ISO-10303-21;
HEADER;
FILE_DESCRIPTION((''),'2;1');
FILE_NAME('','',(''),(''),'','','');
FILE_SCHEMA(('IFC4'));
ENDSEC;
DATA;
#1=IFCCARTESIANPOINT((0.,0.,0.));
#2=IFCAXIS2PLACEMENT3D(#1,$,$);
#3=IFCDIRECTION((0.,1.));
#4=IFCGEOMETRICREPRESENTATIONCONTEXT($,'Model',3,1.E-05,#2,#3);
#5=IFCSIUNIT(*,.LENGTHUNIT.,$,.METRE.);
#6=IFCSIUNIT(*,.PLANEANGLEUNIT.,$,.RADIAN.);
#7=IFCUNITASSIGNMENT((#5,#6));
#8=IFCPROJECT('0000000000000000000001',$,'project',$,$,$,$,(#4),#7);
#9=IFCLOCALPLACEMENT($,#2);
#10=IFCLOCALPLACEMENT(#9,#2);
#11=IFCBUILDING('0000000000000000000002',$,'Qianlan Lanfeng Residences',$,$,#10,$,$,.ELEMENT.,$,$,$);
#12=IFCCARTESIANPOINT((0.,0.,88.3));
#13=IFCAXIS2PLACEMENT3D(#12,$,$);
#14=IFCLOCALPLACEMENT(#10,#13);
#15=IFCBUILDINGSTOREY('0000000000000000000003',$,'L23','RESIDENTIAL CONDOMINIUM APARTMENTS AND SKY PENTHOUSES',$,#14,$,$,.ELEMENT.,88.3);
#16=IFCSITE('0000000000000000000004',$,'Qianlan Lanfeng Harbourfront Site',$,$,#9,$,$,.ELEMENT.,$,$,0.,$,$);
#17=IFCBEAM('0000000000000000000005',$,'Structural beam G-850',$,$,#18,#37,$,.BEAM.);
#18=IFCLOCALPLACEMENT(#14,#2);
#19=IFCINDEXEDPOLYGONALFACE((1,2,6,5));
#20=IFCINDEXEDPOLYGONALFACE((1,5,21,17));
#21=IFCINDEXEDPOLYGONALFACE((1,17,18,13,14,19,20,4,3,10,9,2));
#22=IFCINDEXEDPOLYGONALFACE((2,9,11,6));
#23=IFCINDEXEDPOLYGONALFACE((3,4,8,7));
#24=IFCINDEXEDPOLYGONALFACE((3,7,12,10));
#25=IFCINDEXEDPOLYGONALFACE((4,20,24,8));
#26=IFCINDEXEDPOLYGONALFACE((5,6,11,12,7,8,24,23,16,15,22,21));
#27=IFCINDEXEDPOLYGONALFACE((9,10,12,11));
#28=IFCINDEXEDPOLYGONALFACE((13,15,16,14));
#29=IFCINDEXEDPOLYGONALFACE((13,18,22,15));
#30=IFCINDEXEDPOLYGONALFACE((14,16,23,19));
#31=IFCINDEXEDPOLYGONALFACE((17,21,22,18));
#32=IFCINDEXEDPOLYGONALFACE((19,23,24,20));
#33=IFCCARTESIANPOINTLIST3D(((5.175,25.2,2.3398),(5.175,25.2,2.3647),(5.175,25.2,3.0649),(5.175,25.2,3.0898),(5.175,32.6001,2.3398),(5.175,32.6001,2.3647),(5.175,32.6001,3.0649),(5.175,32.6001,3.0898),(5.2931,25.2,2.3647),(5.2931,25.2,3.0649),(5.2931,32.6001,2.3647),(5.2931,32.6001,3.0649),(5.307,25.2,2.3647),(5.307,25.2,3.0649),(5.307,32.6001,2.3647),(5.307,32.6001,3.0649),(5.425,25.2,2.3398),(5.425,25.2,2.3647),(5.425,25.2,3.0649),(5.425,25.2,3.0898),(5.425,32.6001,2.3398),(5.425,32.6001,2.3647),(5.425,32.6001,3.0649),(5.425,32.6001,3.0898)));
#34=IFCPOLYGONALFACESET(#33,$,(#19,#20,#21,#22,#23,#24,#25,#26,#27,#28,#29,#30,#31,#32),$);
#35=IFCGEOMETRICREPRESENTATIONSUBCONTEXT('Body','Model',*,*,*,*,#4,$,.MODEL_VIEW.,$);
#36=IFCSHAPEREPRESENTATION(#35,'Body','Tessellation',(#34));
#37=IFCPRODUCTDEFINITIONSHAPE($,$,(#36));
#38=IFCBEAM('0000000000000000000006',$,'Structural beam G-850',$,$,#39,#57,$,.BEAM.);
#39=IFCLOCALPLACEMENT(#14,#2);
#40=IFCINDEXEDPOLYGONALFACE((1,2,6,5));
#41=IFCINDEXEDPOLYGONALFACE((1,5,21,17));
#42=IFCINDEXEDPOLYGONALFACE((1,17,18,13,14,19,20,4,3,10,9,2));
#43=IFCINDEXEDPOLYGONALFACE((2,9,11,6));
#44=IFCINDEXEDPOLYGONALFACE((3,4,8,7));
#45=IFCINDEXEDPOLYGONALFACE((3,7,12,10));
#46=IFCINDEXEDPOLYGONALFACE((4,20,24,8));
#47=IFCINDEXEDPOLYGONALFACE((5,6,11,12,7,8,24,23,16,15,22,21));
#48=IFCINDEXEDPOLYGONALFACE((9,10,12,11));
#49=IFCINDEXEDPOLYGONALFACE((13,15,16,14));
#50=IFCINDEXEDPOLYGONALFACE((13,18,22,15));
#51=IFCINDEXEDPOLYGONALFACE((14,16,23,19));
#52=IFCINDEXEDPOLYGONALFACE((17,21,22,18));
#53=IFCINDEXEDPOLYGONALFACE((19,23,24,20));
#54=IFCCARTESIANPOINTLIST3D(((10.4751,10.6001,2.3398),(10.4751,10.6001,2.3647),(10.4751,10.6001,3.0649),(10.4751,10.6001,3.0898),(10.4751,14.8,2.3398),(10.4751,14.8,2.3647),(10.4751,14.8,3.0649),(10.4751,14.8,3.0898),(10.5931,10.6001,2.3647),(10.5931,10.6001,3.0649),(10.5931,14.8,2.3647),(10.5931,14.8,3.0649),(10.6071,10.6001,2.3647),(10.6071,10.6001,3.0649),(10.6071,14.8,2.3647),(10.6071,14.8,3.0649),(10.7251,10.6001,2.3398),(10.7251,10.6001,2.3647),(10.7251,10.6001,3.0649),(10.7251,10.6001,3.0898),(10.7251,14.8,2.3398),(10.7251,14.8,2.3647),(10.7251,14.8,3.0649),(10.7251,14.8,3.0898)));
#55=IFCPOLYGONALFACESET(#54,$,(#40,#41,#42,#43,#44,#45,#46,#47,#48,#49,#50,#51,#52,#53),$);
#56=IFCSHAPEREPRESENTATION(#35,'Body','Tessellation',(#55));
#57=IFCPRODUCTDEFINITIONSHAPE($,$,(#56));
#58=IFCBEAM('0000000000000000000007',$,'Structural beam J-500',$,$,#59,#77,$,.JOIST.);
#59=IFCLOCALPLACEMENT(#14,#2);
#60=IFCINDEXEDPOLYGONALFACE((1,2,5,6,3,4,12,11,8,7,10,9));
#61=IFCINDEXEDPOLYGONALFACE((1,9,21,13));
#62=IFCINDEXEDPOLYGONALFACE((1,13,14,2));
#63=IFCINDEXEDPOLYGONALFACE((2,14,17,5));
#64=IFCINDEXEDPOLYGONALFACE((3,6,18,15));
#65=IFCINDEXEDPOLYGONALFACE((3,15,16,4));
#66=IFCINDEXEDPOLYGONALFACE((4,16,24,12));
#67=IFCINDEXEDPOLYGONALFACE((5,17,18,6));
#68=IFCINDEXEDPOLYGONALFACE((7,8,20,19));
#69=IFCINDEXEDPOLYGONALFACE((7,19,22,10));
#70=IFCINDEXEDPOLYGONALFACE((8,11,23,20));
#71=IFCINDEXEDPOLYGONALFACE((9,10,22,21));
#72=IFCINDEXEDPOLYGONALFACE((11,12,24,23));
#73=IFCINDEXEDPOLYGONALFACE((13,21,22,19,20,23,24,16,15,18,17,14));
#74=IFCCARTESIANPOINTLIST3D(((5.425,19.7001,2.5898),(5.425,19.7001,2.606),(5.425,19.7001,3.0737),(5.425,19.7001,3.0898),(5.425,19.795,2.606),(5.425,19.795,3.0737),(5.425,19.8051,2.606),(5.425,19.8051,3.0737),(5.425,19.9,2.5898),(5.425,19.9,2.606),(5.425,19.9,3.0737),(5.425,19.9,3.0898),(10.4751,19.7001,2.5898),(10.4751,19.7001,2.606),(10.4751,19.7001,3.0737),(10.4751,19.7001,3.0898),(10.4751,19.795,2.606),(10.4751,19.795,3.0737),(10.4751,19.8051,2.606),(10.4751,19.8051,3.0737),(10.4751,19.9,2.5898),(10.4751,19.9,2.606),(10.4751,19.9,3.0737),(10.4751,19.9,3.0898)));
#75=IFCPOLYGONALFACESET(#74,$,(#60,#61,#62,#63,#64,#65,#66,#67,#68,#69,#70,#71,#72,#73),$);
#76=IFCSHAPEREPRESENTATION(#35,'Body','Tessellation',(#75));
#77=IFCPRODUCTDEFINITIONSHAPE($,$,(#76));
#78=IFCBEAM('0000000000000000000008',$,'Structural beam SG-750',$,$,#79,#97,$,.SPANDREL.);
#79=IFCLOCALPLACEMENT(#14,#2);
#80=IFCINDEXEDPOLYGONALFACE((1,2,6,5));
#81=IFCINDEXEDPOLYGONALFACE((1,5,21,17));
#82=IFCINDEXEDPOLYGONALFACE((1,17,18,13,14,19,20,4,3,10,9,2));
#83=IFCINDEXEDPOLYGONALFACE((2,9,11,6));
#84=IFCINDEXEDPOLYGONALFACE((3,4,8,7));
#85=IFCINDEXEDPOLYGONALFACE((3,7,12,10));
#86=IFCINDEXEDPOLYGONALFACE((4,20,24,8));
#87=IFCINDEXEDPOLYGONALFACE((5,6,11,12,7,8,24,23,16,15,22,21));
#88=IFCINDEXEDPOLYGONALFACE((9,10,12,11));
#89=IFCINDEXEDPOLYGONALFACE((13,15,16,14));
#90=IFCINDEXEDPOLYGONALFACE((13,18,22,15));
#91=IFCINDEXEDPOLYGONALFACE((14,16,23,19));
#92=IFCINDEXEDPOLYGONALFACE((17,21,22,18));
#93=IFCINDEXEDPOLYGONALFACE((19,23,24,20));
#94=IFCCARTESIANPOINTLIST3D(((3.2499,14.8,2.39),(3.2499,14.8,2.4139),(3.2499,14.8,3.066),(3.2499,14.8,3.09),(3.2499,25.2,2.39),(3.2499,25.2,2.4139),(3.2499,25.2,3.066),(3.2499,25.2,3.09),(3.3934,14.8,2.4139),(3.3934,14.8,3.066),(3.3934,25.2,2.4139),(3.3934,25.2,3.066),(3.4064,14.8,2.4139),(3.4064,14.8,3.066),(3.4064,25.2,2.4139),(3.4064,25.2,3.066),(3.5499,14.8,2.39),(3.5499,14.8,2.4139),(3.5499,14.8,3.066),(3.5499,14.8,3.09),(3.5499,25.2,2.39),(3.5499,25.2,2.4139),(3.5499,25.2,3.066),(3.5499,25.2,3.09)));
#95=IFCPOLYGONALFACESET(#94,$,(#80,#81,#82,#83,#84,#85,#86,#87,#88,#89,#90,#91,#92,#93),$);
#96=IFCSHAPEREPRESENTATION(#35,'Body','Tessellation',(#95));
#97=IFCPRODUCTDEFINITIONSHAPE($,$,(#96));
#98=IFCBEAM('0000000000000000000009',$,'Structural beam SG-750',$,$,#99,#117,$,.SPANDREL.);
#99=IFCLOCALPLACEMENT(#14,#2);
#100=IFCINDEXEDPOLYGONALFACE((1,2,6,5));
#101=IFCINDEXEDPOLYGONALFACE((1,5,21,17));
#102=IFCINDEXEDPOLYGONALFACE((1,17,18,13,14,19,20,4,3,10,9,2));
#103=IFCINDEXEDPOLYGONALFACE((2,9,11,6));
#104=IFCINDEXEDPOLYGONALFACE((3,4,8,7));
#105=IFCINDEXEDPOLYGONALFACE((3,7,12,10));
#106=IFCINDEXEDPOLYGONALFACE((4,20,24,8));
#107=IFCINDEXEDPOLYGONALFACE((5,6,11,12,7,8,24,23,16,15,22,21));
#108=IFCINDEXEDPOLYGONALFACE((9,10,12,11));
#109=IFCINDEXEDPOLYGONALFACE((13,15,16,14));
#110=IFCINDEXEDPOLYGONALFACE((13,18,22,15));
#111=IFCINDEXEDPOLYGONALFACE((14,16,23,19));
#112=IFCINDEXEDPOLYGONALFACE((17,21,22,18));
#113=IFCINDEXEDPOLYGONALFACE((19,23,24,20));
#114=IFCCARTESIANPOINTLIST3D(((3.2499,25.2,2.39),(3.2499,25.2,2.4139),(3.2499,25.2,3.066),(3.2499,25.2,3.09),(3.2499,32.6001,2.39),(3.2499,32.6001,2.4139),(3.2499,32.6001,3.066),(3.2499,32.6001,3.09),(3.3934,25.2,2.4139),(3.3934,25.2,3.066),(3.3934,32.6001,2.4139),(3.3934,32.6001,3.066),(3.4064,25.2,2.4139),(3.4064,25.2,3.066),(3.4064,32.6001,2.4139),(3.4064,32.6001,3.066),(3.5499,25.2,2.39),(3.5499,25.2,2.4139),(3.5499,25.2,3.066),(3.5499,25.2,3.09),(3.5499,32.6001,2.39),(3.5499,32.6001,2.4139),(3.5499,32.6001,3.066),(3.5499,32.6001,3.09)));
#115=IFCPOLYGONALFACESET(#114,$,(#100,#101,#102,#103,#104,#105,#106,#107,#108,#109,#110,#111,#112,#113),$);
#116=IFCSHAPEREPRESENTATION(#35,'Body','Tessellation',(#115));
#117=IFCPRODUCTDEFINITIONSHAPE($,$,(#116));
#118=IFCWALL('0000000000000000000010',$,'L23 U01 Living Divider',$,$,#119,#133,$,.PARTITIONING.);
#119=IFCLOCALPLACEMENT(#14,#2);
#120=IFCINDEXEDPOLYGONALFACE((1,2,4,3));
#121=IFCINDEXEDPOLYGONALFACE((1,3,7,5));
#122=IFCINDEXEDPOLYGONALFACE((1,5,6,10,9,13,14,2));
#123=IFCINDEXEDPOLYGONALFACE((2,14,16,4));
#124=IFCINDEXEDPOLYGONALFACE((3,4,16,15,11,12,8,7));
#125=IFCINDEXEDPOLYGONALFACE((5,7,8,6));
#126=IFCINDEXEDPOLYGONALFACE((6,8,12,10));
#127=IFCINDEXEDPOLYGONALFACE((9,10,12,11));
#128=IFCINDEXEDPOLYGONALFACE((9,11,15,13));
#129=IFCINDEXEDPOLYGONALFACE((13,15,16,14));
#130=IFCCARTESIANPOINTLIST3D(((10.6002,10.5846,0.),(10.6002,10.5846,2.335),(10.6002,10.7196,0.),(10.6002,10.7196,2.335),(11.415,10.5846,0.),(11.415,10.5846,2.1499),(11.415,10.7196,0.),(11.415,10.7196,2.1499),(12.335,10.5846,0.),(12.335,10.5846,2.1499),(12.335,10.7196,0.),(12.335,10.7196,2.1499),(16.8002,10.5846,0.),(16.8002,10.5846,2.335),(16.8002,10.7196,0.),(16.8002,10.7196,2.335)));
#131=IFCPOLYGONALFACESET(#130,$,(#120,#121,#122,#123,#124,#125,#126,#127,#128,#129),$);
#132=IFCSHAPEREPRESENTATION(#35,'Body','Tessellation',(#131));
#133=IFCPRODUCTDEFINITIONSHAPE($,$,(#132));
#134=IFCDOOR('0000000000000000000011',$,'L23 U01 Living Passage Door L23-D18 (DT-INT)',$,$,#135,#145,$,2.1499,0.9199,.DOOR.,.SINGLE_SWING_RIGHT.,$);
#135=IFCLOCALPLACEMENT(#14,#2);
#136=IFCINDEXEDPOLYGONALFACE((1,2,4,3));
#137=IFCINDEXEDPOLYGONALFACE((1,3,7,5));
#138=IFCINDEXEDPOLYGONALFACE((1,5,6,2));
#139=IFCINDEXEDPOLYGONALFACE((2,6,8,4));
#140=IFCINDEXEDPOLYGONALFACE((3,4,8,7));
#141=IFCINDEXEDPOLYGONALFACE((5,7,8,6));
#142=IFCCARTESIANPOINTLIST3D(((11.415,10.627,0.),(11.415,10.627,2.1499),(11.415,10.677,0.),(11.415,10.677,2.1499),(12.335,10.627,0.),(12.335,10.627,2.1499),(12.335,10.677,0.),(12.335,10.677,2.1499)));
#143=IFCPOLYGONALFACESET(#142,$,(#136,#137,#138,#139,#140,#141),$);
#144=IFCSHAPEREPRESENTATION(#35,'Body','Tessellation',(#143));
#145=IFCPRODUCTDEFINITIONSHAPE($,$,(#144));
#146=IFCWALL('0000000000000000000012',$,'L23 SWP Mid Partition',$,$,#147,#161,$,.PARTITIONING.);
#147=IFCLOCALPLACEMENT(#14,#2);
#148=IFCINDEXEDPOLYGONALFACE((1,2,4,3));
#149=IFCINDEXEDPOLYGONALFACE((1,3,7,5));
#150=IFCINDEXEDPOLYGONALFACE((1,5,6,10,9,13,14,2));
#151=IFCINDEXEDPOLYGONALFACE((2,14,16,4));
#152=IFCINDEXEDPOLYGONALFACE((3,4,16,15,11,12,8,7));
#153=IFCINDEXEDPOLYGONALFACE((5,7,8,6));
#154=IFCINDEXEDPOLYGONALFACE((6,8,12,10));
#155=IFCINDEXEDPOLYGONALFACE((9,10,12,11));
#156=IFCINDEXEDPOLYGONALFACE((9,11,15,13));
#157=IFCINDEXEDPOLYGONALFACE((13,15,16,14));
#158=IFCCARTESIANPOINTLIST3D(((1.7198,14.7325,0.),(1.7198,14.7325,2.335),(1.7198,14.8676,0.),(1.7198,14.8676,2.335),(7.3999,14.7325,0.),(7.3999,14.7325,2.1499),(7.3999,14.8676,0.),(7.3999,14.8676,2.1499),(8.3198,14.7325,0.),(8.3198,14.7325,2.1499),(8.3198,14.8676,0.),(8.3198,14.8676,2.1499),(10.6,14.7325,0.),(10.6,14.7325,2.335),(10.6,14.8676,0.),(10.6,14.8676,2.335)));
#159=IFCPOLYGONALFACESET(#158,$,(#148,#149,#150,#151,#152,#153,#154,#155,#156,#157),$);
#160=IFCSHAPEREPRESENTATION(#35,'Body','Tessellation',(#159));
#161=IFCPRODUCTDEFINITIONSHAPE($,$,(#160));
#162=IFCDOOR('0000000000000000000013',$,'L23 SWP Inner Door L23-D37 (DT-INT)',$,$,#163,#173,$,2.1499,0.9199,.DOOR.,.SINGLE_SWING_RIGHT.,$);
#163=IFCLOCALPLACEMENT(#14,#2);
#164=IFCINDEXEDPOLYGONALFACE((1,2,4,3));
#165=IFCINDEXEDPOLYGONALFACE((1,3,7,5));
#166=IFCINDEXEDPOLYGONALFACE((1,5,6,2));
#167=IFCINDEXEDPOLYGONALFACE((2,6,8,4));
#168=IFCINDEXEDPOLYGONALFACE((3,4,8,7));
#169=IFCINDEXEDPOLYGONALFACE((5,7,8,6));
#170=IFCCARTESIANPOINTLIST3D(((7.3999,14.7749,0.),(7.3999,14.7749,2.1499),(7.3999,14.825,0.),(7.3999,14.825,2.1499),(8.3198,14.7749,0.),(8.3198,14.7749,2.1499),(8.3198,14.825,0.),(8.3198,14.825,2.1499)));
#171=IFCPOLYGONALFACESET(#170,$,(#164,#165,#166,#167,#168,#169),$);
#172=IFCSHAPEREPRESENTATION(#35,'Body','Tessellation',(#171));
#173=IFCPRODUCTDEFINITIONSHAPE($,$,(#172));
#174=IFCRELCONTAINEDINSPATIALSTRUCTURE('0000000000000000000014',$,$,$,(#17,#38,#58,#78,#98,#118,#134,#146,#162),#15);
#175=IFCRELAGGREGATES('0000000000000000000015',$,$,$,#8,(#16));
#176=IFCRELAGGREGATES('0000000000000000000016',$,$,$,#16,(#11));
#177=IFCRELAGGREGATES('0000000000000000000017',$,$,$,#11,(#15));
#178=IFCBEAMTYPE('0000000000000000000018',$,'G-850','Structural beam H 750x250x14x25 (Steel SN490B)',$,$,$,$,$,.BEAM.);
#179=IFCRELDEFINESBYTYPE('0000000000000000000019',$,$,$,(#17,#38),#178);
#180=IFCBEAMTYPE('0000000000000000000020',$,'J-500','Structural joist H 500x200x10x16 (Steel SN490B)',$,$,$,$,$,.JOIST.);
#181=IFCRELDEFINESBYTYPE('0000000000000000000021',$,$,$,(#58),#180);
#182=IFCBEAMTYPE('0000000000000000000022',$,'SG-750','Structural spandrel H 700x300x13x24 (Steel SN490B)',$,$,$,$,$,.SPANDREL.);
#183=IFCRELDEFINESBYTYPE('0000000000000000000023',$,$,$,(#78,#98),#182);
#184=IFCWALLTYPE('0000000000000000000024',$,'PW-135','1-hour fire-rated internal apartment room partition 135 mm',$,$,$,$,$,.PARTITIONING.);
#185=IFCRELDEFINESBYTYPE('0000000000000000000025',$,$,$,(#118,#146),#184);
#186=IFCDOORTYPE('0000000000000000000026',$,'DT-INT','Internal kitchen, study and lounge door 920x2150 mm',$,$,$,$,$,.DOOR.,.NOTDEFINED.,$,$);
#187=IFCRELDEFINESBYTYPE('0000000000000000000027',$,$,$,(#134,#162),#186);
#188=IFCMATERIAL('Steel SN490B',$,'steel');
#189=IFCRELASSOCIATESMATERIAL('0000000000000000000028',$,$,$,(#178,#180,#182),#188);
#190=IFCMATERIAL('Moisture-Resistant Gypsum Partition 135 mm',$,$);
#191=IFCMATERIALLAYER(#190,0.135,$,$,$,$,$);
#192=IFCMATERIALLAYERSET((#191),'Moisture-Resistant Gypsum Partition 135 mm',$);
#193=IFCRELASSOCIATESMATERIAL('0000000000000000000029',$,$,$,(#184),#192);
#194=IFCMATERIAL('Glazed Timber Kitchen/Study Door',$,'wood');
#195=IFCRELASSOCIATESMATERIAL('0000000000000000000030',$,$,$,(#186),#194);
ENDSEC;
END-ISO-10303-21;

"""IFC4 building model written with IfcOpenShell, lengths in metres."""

from ifc_helpers import new_model, si_unit, direction, frame, frame_2d, origin, origin_2d, place, context, subcontext, project, spatial, rectangle, i_section, extrude, material, layer, layer_set, material_profile, profile_set, type_object, element, fill, save


model = new_model("IFC4")

# Units and contexts
model_context = context("Model", 3, precision=1e-05, world=origin(), true_north=direction((0.0, 1.0)))
body_context = subcontext(model_context, "Body", "Model", "MODEL_VIEW")
ifc_project = project(units=[si_unit("LENGTHUNIT", "METRE"), si_unit("PLANEANGLEUNIT", "RADIAN")], contexts=[model_context])

# Site, building, storey
site_placement = place(None, origin())
site = spatial("IfcSite", under=ifc_project, at=site_placement, Name="Qianlan Lanfeng Harbourfront Site", CompositionType="ELEMENT", RefElevation=0.0)
building_placement = place(site_placement, origin())
building = spatial("IfcBuilding", under=site, at=building_placement, Name="Qianlan Lanfeng Residences", CompositionType="ELEMENT")
storey_placement = place(building_placement, frame((0.0, 0.0, 88.3)))
storey = spatial("IfcBuildingStorey", under=building, at=storey_placement, Name="L23", Description="RESIDENTIAL CONDOMINIUM APARTMENTS AND SKY PENTHOUSES", CompositionType="ELEMENT", Elevation=88.3)

# Shared definitions
ifc_material_1 = material(Name="Steel SN490B", Category="steel")

# Beams
ifc_material_profile_1 = material_profile(ifc_material_1, i_section(OverallWidth=0.25, OverallDepth=0.75, WebThickness=0.0139, FlangeThickness=0.0249, at=origin_2d()), Name="H 750x250x14x25")
ifc_profile_set_1 = profile_set([ifc_material_profile_1], Name="Steel SN490B")
beam_type_1 = type_object("IfcBeamType", Name="G-850", Description="Structural beam H 750x250x14x25 (Steel SN490B)", PredefinedType="BEAM", material=ifc_profile_set_1)
beam_1_placement = place(storey_placement, frame((5.3, 25.2, 2.7148), z_axis=(0.0, 1.0, 0.0), x_axis=(-1.0, 0.0, 0.0)))
element("IfcBeam", 1, at=beam_1_placement, inside=storey, type_object=beam_type_1, Name="Structural beam G-850", PredefinedType="BEAM", context=body_context, shape_type="SweptSolid", body=[
    extrude(i_section(OverallWidth=0.25, OverallDepth=0.75, WebThickness=0.0139, FlangeThickness=0.0249, at=origin_2d()), origin(), (0.0, 0.0, 1.0), 7.4001),
])
beam_2_placement = place(storey_placement, frame((10.6001, 10.6001, 2.7148), z_axis=(0.0, 1.0, 0.0), x_axis=(-1.0, 0.0, 0.0)))
element("IfcBeam", 2, at=beam_2_placement, inside=storey, type_object=beam_type_1, Name="Structural beam G-850", PredefinedType="BEAM", context=body_context, shape_type="SweptSolid", body=[
    extrude(i_section(OverallWidth=0.25, OverallDepth=0.75, WebThickness=0.0139, FlangeThickness=0.0249, at=origin_2d()), origin(), (0.0, 0.0, 1.0), 4.2),
])
ifc_material_profile_2 = material_profile(ifc_material_1, i_section(OverallWidth=0.2, OverallDepth=0.5, WebThickness=0.01, FlangeThickness=0.0161, at=origin_2d()), Name="H 500x200x10x16")
ifc_profile_set_2 = profile_set([ifc_material_profile_2], Name="Steel SN490B")
beam_type_2 = type_object("IfcBeamType", Name="J-500", Description="Structural joist H 500x200x10x16 (Steel SN490B)", PredefinedType="JOIST", material=ifc_profile_set_2)
beam_3_placement = place(storey_placement, frame((5.425, 19.8, 2.8398), z_axis=(1.0, 0.0, 0.0), x_axis=(0.0, 1.0, 0.0)))
element("IfcBeam", 3, at=beam_3_placement, inside=storey, type_object=beam_type_2, Name="Structural beam J-500", PredefinedType="JOIST", context=body_context, shape_type="SweptSolid", body=[
    extrude(i_section(OverallWidth=0.2, OverallDepth=0.5, WebThickness=0.01, FlangeThickness=0.0161, at=origin_2d()), origin(), (0.0, 0.0, 1.0), 5.05),
])
ifc_material_profile_3 = material_profile(ifc_material_1, i_section(OverallWidth=0.3, OverallDepth=0.7, WebThickness=0.0129, FlangeThickness=0.0239, at=origin_2d()), Name="H 700x300x13x24")
ifc_profile_set_3 = profile_set([ifc_material_profile_3], Name="Steel SN490B")
beam_type_3 = type_object("IfcBeamType", Name="SG-750", Description="Structural spandrel H 700x300x13x24 (Steel SN490B)", PredefinedType="SPANDREL", material=ifc_profile_set_3)
beam_4_placement = place(storey_placement, frame((3.3999, 14.8, 2.74), z_axis=(0.0, 1.0, 0.0), x_axis=(-1.0, 0.0, 0.0)))
element("IfcBeam", 4, at=beam_4_placement, inside=storey, type_object=beam_type_3, Name="Structural beam SG-750", PredefinedType="SPANDREL", context=body_context, shape_type="SweptSolid", body=[
    extrude(i_section(OverallWidth=0.3, OverallDepth=0.7, WebThickness=0.0129, FlangeThickness=0.0239, at=origin_2d()), origin(), (0.0, 0.0, 1.0), 10.3999),
])
beam_5_placement = place(storey_placement, frame((3.3999, 25.2, 2.74), z_axis=(0.0, 1.0, 0.0), x_axis=(-1.0, 0.0, 0.0)))
element("IfcBeam", 5, at=beam_5_placement, inside=storey, type_object=beam_type_3, Name="Structural beam SG-750", PredefinedType="SPANDREL", context=body_context, shape_type="SweptSolid", body=[
    extrude(i_section(OverallWidth=0.3, OverallDepth=0.7, WebThickness=0.0129, FlangeThickness=0.0239, at=origin_2d()), origin(), (0.0, 0.0, 1.0), 7.4001),
])

# Walls, openings, doors
ifc_material_2 = material(Name="Moisture-Resistant Gypsum Partition 135 mm")
ifc_layer_1 = layer(ifc_material_2, 0.135)
ifc_layer_set_1 = layer_set([ifc_layer_1], Name="Moisture-Resistant Gypsum Partition 135 mm")
wall_type_1 = type_object("IfcWallType", Name="PW-135", Description="1-hour fire-rated internal apartment room partition 135 mm", PredefinedType="PARTITIONING", material=ifc_layer_set_1)
wall_1_placement = place(storey_placement, frame((10.6001, 10.6521, 0.0), z_axis=(0.0, 0.0, 1.0), x_axis=(1.0, 0.0, 0.0)))
wall_1 = element("IfcWall", 6, at=wall_1_placement, inside=storey, type_object=wall_type_1, Name="L23 U01 Living Divider", PredefinedType="PARTITIONING", context=body_context, shape_type="SweptSolid", body=[
    extrude(rectangle(XDim=6.2, YDim=0.135, at=frame_2d((3.1001, 0.0))), origin(), (0.0, 0.0, 1.0), 2.335),
])
opening_1_placement = place(wall_1_placement, frame((0.8149, 0.0, 0.0)))
opening_1 = element("IfcOpeningElement", 7, at=opening_1_placement, cuts=wall_1, PredefinedType="OPENING", context=body_context, shape_type="SweptSolid", body=[
    extrude(rectangle(XDim=0.9199, YDim=2.1499, at=frame_2d((0.46, 1.075))), frame((0.0, 0.0776, 0.0), z_axis=(0.0, -1.0, 0.0), x_axis=(1.0, 0.0, 0.0)), (0.0, 0.0, 1.0), 0.155),
])
ifc_material_3 = material(Name="Glazed Timber Kitchen/Study Door", Category="wood")
door_type_1 = type_object("IfcDoorType", Name="DT-INT", Description="Internal kitchen, study and lounge door 920x2150 mm", OperationType="NOTDEFINED", PredefinedType="DOOR", material=ifc_material_3)
door_1_placement = place(opening_1_placement, origin())
door_1 = element("IfcDoor", 8, at=door_1_placement, inside=storey, type_object=door_type_1, Name="L23 U01 Living Passage Door L23-D18 (DT-INT)", OperationType="SINGLE_SWING_RIGHT", OverallHeight=2.1499, OverallWidth=0.9199, PredefinedType="DOOR", context=body_context, shape_type="SweptSolid", body=[
    extrude(rectangle(XDim=0.9199, YDim=2.1499, at=frame_2d((0.46, 1.075))), frame((0.0, 0.0249, 0.0), z_axis=(0.0, -1.0, 0.0), x_axis=(1.0, 0.0, 0.0)), (0.0, 0.0, 1.0), 0.05),
])
fill(opening_1, door_1)
wall_2_placement = place(storey_placement, frame((1.72, 14.8, 0.0), z_axis=(0.0, 0.0, 1.0), x_axis=(1.0, 0.0, 0.0)))
wall_2 = element("IfcWall", 9, at=wall_2_placement, inside=storey, type_object=wall_type_1, Name="L23 SWP Mid Partition", PredefinedType="PARTITIONING", context=body_context, shape_type="SweptSolid", body=[
    extrude(rectangle(XDim=8.8801, YDim=0.135, at=frame_2d((4.4399, 0.0))), origin(), (0.0, 0.0, 1.0), 2.335),
])
opening_2_placement = place(wall_2_placement, frame((5.6799, 0.0, 0.0)))
opening_2 = element("IfcOpeningElement", 10, at=opening_2_placement, cuts=wall_2, PredefinedType="OPENING", context=body_context, shape_type="SweptSolid", body=[
    extrude(rectangle(XDim=0.9199, YDim=2.1499, at=frame_2d((0.46, 1.075))), frame((0.0, 0.0776, 0.0), z_axis=(0.0, -1.0, 0.0), x_axis=(1.0, 0.0, 0.0)), (0.0, 0.0, 1.0), 0.155),
])
door_2_placement = place(opening_2_placement, origin())
door_2 = element("IfcDoor", 11, at=door_2_placement, inside=storey, type_object=door_type_1, Name="L23 SWP Inner Door L23-D37 (DT-INT)", OperationType="SINGLE_SWING_RIGHT", OverallHeight=2.1499, OverallWidth=0.9199, PredefinedType="DOOR", context=body_context, shape_type="SweptSolid", body=[
    extrude(rectangle(XDim=0.9199, YDim=2.1499, at=frame_2d((0.46, 1.075))), frame((0.0, 0.0249, 0.0), z_axis=(0.0, -1.0, 0.0), x_axis=(1.0, 0.0, 0.0)), (0.0, 0.0, 1.0), 0.05),
])
fill(opening_2, door_2)

save(model, "model.ifc")
